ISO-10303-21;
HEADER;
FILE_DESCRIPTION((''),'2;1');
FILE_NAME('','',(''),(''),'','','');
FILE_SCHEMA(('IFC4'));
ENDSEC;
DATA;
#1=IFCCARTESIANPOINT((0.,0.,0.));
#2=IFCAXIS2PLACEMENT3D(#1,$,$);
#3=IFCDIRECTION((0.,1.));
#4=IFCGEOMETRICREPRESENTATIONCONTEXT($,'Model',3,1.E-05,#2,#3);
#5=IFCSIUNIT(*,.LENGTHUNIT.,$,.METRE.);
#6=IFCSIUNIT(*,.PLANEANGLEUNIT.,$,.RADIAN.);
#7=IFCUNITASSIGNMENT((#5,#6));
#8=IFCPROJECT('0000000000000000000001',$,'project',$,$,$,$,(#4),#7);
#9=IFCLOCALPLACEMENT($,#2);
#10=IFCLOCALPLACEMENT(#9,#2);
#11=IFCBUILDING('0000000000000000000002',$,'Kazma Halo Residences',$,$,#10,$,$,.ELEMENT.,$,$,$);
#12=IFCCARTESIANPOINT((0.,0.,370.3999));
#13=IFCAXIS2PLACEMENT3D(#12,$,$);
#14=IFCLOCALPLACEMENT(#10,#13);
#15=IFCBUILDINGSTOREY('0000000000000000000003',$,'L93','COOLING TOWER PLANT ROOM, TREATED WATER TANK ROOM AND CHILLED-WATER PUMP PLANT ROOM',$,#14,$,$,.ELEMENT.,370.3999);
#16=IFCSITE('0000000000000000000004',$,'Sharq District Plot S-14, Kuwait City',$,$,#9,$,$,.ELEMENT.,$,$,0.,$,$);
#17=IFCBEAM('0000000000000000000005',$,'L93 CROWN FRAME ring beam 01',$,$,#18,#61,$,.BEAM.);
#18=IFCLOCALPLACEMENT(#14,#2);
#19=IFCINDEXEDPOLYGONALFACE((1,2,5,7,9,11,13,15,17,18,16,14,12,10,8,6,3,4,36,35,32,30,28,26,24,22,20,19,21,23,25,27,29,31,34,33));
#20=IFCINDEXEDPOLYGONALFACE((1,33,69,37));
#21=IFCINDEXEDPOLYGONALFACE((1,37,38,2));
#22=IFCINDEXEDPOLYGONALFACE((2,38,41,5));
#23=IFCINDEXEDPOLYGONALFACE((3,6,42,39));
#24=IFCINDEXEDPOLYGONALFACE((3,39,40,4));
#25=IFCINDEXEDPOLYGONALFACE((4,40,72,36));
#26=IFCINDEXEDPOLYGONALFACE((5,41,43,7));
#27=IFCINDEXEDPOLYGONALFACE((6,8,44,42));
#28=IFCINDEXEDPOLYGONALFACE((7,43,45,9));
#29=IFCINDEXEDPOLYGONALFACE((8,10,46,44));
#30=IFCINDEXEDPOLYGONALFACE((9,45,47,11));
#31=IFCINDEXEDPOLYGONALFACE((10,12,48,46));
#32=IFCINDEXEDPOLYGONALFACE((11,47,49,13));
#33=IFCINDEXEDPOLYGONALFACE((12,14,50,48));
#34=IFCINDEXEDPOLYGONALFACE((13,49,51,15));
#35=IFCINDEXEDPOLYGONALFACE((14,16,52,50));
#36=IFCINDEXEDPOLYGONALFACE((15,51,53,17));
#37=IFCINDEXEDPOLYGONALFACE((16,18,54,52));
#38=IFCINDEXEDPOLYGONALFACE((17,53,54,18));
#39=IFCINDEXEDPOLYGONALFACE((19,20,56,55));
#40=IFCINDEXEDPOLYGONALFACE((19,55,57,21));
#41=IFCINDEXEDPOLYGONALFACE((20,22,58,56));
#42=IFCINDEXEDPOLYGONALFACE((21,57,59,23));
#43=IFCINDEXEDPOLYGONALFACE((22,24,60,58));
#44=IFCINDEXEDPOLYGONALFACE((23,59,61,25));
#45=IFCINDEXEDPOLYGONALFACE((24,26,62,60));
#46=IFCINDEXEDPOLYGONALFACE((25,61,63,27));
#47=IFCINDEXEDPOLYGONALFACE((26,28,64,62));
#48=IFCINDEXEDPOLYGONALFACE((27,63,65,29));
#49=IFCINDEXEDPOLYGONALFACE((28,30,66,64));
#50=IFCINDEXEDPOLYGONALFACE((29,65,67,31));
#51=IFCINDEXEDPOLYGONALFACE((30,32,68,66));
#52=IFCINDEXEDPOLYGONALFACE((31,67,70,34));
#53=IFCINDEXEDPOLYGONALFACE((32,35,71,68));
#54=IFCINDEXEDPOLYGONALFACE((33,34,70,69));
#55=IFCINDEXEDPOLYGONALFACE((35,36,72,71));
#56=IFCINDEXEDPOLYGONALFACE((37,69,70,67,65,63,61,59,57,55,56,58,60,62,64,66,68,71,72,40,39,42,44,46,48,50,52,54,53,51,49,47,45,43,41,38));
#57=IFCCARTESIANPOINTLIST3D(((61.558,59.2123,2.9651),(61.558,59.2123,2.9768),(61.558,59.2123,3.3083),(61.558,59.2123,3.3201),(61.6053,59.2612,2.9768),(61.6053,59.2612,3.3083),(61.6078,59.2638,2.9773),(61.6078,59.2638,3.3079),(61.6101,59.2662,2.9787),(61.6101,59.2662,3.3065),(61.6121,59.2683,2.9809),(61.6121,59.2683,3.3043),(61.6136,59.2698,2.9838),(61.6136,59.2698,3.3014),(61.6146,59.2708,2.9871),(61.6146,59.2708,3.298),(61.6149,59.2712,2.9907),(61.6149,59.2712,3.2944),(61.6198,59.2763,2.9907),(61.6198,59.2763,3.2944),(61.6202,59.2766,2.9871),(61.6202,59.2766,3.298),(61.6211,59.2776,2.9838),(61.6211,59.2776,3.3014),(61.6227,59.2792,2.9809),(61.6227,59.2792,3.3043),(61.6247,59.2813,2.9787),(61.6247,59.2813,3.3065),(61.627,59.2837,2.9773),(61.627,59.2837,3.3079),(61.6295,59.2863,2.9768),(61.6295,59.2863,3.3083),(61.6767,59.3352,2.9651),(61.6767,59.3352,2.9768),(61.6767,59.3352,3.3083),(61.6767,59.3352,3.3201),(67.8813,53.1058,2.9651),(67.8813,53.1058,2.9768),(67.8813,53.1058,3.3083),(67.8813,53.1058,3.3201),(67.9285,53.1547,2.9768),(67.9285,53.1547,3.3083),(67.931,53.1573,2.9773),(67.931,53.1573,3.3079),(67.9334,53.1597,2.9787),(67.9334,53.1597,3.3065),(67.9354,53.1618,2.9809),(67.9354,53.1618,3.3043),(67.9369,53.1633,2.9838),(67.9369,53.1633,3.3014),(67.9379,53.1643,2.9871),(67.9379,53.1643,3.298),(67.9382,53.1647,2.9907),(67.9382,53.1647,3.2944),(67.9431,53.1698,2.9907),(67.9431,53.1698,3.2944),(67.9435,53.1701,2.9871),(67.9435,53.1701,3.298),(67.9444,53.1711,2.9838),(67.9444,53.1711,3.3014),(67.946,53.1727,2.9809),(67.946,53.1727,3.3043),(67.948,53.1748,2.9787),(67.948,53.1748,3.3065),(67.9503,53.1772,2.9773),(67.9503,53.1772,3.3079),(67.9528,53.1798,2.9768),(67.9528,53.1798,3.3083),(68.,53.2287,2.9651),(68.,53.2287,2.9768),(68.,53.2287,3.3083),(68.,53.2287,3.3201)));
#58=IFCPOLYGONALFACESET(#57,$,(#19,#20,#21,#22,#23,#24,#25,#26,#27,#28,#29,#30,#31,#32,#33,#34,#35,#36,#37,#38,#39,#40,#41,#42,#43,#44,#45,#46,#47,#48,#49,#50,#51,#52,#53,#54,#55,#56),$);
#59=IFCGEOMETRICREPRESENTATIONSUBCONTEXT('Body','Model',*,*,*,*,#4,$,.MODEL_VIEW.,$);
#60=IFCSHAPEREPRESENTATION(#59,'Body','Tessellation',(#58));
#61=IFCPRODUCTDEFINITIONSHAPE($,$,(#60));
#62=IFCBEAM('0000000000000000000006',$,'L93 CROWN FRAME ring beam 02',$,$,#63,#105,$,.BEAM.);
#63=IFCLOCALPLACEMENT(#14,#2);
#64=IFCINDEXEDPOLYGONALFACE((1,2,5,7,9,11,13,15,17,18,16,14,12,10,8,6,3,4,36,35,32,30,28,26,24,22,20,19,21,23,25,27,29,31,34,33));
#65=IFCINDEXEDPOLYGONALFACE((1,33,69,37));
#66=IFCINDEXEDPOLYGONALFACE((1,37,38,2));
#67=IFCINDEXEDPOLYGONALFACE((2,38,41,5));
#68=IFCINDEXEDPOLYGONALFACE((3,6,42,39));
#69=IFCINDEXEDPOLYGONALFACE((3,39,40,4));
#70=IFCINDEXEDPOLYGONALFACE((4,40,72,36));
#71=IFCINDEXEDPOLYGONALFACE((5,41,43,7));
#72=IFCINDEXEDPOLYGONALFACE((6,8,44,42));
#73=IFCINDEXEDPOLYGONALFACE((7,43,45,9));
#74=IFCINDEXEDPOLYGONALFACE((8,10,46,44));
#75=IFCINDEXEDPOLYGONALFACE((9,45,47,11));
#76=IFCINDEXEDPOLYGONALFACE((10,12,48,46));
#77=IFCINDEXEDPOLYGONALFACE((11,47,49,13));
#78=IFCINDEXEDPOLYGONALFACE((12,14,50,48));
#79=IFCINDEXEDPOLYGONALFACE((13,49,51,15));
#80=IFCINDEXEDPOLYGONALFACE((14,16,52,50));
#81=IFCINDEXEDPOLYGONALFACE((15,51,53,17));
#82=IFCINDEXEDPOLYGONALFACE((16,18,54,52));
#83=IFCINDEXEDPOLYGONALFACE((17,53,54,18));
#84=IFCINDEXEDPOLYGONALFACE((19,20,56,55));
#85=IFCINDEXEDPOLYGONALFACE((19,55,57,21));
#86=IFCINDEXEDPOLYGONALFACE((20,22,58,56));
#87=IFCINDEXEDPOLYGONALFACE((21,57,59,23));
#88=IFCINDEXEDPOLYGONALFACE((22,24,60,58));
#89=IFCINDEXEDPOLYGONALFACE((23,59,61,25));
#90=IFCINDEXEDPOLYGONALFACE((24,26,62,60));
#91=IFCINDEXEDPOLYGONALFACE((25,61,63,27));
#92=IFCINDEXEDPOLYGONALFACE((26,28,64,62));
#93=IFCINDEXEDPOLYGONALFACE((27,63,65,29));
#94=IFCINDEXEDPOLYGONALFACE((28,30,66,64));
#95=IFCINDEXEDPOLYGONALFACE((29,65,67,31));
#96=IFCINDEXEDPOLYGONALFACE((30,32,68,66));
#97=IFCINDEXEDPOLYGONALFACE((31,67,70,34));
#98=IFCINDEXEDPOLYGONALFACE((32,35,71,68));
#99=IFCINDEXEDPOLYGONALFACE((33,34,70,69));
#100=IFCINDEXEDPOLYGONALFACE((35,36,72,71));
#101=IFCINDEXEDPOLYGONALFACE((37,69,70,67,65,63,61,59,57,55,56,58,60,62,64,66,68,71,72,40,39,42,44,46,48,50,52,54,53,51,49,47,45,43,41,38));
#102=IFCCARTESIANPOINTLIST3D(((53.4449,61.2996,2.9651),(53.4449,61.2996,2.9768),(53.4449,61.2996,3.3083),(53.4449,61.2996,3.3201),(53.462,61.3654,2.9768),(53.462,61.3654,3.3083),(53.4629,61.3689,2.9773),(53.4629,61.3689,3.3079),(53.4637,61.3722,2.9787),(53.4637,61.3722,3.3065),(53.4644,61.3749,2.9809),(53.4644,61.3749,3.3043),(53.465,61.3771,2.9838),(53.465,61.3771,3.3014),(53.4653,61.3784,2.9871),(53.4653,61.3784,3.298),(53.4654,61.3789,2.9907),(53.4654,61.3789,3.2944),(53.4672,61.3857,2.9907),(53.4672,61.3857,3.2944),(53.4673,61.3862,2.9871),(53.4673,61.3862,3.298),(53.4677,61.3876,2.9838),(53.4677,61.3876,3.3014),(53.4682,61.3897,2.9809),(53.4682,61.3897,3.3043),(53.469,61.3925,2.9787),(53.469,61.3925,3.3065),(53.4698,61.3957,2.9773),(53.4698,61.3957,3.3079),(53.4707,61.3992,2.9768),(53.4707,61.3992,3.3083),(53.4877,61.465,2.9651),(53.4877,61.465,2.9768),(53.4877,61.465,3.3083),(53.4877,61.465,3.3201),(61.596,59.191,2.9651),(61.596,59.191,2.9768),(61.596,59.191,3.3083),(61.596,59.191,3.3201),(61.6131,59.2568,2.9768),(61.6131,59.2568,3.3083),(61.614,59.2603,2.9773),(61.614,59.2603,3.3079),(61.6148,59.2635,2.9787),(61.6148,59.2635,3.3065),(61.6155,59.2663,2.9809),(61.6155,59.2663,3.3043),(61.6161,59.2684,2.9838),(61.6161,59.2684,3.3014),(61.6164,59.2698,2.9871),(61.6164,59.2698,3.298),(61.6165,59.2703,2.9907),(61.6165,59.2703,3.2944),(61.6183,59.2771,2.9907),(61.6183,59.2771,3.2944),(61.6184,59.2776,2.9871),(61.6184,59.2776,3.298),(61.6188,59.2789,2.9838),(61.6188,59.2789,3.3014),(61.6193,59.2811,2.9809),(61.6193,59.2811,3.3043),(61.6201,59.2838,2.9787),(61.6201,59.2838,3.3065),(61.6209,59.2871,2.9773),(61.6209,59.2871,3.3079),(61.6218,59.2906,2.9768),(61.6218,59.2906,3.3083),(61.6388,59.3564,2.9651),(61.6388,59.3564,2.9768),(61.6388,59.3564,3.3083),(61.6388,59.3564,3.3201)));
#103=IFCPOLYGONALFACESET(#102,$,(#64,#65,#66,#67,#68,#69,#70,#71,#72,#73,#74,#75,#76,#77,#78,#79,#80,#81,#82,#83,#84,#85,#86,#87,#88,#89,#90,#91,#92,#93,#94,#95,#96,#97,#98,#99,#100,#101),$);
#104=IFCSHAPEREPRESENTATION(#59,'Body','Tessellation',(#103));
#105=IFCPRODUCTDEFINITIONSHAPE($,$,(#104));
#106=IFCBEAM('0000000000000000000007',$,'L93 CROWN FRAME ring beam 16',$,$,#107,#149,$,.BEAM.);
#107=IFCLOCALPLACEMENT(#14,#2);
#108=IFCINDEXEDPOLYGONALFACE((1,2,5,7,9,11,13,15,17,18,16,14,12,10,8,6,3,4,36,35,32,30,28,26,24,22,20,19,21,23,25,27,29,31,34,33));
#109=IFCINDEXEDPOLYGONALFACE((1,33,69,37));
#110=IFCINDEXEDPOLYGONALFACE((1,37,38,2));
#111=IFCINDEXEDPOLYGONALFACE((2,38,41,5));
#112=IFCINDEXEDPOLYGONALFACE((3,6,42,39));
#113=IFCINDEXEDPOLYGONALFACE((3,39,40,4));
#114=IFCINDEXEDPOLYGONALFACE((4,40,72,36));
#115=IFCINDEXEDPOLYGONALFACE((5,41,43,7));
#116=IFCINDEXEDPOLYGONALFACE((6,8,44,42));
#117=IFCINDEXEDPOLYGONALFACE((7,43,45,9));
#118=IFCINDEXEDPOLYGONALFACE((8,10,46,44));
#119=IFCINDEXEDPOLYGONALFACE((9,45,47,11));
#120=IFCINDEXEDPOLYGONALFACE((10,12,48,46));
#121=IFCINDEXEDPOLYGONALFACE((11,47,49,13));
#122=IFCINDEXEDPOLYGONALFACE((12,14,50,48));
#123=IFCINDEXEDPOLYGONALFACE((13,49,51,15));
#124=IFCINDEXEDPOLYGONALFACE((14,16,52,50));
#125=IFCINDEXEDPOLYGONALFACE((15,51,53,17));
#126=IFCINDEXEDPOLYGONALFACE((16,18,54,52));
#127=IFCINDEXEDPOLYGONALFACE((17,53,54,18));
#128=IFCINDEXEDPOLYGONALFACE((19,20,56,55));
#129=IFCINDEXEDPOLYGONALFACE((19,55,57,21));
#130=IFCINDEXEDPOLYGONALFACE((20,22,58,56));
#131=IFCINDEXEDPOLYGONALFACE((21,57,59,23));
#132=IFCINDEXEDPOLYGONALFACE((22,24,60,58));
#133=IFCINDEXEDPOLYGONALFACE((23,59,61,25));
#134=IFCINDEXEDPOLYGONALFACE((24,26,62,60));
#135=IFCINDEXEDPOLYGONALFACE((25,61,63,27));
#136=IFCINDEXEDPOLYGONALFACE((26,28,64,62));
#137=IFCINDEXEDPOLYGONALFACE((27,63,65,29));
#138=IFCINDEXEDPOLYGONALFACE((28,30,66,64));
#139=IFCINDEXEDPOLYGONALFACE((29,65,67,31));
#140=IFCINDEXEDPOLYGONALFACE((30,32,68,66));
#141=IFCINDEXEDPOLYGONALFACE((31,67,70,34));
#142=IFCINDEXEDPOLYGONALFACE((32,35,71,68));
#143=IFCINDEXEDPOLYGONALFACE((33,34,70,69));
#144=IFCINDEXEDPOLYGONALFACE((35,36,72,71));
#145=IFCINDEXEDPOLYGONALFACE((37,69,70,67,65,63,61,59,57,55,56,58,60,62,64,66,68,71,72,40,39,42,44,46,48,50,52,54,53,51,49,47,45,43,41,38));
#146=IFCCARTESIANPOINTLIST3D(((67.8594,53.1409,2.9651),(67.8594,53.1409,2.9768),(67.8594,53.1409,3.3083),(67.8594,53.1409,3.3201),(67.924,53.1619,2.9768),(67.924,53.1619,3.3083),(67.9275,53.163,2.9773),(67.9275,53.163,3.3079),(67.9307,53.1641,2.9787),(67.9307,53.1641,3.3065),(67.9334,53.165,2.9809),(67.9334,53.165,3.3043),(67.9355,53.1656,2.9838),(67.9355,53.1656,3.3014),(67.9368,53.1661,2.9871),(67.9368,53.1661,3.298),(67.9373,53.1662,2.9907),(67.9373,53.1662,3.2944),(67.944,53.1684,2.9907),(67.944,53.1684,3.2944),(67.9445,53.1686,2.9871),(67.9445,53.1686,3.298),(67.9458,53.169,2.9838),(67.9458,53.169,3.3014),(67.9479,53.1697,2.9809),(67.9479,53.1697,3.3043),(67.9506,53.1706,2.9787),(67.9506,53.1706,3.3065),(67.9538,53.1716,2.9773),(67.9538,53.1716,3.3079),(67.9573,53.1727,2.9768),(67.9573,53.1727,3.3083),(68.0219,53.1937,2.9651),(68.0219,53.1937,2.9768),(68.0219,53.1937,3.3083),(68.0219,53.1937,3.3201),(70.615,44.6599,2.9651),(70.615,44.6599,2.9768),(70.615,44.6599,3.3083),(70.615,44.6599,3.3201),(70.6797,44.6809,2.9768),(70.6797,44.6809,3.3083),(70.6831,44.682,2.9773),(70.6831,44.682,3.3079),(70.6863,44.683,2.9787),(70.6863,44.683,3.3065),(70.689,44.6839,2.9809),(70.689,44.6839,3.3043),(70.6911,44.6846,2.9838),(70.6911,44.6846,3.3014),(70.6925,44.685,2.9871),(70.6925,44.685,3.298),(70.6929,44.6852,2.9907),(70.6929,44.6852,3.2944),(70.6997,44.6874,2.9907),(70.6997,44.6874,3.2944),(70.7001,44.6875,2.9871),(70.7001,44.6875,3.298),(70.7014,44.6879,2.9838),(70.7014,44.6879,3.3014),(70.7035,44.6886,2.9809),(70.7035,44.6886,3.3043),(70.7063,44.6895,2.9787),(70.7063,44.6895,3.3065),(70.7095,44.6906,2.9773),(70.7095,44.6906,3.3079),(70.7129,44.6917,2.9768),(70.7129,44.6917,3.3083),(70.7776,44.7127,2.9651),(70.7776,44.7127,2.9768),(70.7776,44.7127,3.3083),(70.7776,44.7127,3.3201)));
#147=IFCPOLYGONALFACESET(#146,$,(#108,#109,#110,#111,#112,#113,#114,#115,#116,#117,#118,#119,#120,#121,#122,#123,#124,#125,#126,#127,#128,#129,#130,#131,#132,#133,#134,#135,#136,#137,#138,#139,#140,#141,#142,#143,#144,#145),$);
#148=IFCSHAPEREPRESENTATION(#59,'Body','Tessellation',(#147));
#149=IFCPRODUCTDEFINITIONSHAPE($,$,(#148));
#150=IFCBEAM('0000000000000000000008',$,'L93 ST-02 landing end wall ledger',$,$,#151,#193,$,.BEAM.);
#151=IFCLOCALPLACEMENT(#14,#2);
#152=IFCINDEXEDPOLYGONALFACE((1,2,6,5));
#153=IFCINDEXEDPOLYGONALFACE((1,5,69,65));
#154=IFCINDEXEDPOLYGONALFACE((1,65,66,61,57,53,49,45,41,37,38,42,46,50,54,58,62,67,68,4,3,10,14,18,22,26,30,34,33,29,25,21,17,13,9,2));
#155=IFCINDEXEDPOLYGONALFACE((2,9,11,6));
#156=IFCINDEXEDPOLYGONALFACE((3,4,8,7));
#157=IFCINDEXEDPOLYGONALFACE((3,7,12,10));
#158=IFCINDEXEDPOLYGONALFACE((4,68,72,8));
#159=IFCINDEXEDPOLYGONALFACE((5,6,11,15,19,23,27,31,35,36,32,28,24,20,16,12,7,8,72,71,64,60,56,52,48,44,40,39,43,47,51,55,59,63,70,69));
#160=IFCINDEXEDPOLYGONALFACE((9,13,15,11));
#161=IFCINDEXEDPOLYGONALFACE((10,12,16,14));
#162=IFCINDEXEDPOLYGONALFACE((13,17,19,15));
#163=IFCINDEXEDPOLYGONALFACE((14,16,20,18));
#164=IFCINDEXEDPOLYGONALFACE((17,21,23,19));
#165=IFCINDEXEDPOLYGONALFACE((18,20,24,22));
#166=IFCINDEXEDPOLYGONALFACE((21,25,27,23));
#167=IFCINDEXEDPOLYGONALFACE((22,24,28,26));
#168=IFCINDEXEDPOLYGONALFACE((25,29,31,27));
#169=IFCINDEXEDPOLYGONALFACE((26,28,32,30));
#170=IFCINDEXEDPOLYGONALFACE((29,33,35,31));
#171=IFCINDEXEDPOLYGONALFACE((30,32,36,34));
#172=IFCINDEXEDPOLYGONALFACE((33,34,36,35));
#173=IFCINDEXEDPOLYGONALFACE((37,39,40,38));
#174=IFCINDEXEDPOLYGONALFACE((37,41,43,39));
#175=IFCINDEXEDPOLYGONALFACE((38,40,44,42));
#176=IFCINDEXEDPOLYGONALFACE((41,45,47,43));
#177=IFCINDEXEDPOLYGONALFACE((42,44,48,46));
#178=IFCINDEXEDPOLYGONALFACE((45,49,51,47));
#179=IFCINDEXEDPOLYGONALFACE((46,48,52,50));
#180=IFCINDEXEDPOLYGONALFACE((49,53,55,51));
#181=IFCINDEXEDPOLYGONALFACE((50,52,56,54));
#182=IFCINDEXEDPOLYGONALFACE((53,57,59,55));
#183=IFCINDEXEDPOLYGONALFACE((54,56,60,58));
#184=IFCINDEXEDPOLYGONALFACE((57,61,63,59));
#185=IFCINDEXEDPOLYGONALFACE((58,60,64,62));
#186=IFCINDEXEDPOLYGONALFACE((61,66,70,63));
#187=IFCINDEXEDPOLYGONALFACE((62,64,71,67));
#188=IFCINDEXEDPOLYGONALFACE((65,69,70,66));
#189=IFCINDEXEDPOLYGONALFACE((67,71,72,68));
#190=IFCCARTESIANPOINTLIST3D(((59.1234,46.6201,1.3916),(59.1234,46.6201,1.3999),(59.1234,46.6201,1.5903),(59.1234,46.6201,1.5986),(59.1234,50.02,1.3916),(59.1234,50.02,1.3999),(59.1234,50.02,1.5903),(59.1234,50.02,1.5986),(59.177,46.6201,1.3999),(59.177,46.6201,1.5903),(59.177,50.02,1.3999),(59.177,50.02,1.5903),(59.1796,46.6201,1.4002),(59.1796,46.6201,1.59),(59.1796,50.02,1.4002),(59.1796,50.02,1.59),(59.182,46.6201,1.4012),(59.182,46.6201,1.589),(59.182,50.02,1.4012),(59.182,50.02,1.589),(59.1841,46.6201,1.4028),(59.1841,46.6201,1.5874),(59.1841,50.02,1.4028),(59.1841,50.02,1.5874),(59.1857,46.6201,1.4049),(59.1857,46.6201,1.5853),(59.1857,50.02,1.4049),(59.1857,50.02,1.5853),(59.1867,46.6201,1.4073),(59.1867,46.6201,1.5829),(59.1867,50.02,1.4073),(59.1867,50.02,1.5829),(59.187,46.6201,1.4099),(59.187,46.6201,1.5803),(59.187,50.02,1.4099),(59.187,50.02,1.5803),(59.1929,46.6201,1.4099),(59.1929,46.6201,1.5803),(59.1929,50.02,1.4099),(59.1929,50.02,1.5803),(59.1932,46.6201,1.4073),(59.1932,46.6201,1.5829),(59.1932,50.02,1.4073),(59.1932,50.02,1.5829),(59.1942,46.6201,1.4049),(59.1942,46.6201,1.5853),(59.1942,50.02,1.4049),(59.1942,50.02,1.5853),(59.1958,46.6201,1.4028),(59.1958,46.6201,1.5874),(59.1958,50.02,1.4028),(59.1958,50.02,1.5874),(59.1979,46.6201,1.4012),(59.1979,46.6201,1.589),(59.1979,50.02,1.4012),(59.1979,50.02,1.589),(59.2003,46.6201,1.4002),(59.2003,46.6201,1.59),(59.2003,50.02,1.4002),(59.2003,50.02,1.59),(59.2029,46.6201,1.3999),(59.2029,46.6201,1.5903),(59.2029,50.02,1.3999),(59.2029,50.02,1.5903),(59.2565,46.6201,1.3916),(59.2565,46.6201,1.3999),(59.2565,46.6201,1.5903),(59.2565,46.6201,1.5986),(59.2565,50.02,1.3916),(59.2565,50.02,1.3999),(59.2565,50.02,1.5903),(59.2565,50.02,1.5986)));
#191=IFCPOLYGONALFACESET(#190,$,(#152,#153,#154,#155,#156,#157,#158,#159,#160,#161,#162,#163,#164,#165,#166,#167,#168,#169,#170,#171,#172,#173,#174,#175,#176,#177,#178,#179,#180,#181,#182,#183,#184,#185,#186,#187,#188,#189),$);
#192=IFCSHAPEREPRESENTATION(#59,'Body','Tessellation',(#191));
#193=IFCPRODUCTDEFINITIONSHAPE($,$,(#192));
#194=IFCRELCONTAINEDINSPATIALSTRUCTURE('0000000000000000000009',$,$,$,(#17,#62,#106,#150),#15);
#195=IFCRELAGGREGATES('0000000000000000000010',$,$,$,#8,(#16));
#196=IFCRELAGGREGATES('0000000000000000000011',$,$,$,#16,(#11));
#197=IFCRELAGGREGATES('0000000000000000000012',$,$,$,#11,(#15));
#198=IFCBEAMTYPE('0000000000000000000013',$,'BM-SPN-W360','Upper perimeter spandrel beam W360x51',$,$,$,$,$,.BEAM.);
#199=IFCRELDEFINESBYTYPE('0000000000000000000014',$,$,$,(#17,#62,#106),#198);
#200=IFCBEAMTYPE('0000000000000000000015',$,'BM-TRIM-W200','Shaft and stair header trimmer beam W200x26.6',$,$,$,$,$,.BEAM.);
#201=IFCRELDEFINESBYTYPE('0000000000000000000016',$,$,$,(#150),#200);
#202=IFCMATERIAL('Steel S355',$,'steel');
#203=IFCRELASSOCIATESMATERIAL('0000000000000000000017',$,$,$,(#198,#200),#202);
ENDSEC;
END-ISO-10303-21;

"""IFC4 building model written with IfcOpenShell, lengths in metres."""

from ifc_helpers import new_model, si_unit, direction, frame, origin, origin_2d, place, context, subcontext, project, spatial, i_section, extrude, material, material_profile, profile_set, type_object, element, save


model = new_model("IFC4")

# Units and contexts
model_context = context("Model", 3, precision=1e-05, world=origin(), true_north=direction((0.0, 1.0)))
body_context = subcontext(model_context, "Body", "Model", "MODEL_VIEW")
ifc_project = project(units=[si_unit("LENGTHUNIT", "METRE"), si_unit("PLANEANGLEUNIT", "RADIAN")], contexts=[model_context])

# Site, building, storey
site_placement = place(None, origin())
site = spatial("IfcSite", under=ifc_project, at=site_placement, Name="Sharq District Plot S-14, Kuwait City", CompositionType="ELEMENT", RefElevation=0.0)
building_placement = place(site_placement, origin())
building = spatial("IfcBuilding", under=site, at=building_placement, Name="Kazma Halo Residences", CompositionType="ELEMENT")
storey_placement = place(building_placement, frame((0.0, 0.0, 370.3999)))
storey = spatial("IfcBuildingStorey", under=building, at=storey_placement, Name="L93", Description="COOLING TOWER PLANT ROOM, TREATED WATER TANK ROOM AND CHILLED-WATER PUMP PLANT ROOM", CompositionType="ELEMENT", Elevation=370.3999)

# Shared definitions
ifc_material_1 = material(Name="Steel S355", Category="steel")

# Beams
ifc_material_profile_1 = material_profile(ifc_material_1, i_section(OverallWidth=0.1709, OverallDepth=0.355, WebThickness=0.0071, FlangeThickness=0.0117, FilletRadius=0.0139, at=origin_2d()), Name="W360x51")
ifc_profile_set_1 = profile_set([ifc_material_profile_1], Name="Steel S355")
beam_type_1 = type_object("IfcBeamType", Name="BM-SPN-W360", Description="Upper perimeter spandrel beam W360x51", PredefinedType="BEAM", material=ifc_profile_set_1)
beam_1_placement = place(storey_placement, frame((67.9407, 53.1672, 3.1426), z_axis=(-0.719331, 0.694668, 0.0), x_axis=(-0.694668, -0.719331, 0.0)))
element("IfcBeam", 1, at=beam_1_placement, inside=storey, type_object=beam_type_1, Name="L93 CROWN FRAME ring beam 01", PredefinedType="BEAM", context=body_context, shape_type="SweptSolid", body=[
    extrude(i_section(OverallWidth=0.1709, OverallDepth=0.355, WebThickness=0.0071, FlangeThickness=0.0117, FilletRadius=0.0139, at=origin_2d()), origin(), (0.0, 0.0, 1.0), 8.7905),
])
beam_2_placement = place(storey_placement, frame((61.6174, 59.2737, 3.1426), z_axis=(-0.96813, 0.250449, 0.0), x_axis=(-0.250449, -0.96813, 0.0)))
element("IfcBeam", 2, at=beam_2_placement, inside=storey, type_object=beam_type_1, Name="L93 CROWN FRAME ring beam 02", PredefinedType="BEAM", context=body_context, shape_type="SweptSolid", body=[
    extrude(i_section(OverallWidth=0.1709, OverallDepth=0.355, WebThickness=0.0071, FlangeThickness=0.0117, FilletRadius=0.0139, at=origin_2d()), origin(), (0.0, 0.0, 1.0), 8.4194),
])
beam_3_placement = place(storey_placement, frame((70.6963, 44.6863, 3.1426), z_axis=(-0.309015, 0.951057, 0.0), x_axis=(-0.951057, -0.309015, 0.0)))
element("IfcBeam", 3, at=beam_3_placement, inside=storey, type_object=beam_type_1, Name="L93 CROWN FRAME ring beam 16", PredefinedType="BEAM", context=body_context, shape_type="SweptSolid", body=[
    extrude(i_section(OverallWidth=0.1709, OverallDepth=0.355, WebThickness=0.0071, FlangeThickness=0.0117, FilletRadius=0.0139, at=origin_2d()), origin(), (0.0, 0.0, 1.0), 8.9175),
])
ifc_material_profile_2 = material_profile(ifc_material_1, i_section(OverallWidth=0.1331, OverallDepth=0.207, WebThickness=0.0059, FlangeThickness=0.0083, FilletRadius=0.01, at=origin_2d()), Name="W200x26.6")
ifc_profile_set_2 = profile_set([ifc_material_profile_2], Name="Steel S355")
beam_type_2 = type_object("IfcBeamType", Name="BM-TRIM-W200", Description="Shaft and stair header trimmer beam W200x26.6", PredefinedType="BEAM", material=ifc_profile_set_2)
beam_4_placement = place(storey_placement, frame((59.1899, 46.6201, 1.4951), z_axis=(0.0, 1.0, 0.0), x_axis=(-1.0, 0.0, 0.0)))
element("IfcBeam", 4, at=beam_4_placement, inside=storey, type_object=beam_type_2, Name="L93 ST-02 landing end wall ledger", PredefinedType="BEAM", context=body_context, shape_type="SweptSolid", body=[
    extrude(i_section(OverallWidth=0.1331, OverallDepth=0.207, WebThickness=0.0059, FlangeThickness=0.0083, FilletRadius=0.01, at=origin_2d()), origin(), (0.0, 0.0, 1.0), 3.3999),
])

save(model, "model.ifc")
